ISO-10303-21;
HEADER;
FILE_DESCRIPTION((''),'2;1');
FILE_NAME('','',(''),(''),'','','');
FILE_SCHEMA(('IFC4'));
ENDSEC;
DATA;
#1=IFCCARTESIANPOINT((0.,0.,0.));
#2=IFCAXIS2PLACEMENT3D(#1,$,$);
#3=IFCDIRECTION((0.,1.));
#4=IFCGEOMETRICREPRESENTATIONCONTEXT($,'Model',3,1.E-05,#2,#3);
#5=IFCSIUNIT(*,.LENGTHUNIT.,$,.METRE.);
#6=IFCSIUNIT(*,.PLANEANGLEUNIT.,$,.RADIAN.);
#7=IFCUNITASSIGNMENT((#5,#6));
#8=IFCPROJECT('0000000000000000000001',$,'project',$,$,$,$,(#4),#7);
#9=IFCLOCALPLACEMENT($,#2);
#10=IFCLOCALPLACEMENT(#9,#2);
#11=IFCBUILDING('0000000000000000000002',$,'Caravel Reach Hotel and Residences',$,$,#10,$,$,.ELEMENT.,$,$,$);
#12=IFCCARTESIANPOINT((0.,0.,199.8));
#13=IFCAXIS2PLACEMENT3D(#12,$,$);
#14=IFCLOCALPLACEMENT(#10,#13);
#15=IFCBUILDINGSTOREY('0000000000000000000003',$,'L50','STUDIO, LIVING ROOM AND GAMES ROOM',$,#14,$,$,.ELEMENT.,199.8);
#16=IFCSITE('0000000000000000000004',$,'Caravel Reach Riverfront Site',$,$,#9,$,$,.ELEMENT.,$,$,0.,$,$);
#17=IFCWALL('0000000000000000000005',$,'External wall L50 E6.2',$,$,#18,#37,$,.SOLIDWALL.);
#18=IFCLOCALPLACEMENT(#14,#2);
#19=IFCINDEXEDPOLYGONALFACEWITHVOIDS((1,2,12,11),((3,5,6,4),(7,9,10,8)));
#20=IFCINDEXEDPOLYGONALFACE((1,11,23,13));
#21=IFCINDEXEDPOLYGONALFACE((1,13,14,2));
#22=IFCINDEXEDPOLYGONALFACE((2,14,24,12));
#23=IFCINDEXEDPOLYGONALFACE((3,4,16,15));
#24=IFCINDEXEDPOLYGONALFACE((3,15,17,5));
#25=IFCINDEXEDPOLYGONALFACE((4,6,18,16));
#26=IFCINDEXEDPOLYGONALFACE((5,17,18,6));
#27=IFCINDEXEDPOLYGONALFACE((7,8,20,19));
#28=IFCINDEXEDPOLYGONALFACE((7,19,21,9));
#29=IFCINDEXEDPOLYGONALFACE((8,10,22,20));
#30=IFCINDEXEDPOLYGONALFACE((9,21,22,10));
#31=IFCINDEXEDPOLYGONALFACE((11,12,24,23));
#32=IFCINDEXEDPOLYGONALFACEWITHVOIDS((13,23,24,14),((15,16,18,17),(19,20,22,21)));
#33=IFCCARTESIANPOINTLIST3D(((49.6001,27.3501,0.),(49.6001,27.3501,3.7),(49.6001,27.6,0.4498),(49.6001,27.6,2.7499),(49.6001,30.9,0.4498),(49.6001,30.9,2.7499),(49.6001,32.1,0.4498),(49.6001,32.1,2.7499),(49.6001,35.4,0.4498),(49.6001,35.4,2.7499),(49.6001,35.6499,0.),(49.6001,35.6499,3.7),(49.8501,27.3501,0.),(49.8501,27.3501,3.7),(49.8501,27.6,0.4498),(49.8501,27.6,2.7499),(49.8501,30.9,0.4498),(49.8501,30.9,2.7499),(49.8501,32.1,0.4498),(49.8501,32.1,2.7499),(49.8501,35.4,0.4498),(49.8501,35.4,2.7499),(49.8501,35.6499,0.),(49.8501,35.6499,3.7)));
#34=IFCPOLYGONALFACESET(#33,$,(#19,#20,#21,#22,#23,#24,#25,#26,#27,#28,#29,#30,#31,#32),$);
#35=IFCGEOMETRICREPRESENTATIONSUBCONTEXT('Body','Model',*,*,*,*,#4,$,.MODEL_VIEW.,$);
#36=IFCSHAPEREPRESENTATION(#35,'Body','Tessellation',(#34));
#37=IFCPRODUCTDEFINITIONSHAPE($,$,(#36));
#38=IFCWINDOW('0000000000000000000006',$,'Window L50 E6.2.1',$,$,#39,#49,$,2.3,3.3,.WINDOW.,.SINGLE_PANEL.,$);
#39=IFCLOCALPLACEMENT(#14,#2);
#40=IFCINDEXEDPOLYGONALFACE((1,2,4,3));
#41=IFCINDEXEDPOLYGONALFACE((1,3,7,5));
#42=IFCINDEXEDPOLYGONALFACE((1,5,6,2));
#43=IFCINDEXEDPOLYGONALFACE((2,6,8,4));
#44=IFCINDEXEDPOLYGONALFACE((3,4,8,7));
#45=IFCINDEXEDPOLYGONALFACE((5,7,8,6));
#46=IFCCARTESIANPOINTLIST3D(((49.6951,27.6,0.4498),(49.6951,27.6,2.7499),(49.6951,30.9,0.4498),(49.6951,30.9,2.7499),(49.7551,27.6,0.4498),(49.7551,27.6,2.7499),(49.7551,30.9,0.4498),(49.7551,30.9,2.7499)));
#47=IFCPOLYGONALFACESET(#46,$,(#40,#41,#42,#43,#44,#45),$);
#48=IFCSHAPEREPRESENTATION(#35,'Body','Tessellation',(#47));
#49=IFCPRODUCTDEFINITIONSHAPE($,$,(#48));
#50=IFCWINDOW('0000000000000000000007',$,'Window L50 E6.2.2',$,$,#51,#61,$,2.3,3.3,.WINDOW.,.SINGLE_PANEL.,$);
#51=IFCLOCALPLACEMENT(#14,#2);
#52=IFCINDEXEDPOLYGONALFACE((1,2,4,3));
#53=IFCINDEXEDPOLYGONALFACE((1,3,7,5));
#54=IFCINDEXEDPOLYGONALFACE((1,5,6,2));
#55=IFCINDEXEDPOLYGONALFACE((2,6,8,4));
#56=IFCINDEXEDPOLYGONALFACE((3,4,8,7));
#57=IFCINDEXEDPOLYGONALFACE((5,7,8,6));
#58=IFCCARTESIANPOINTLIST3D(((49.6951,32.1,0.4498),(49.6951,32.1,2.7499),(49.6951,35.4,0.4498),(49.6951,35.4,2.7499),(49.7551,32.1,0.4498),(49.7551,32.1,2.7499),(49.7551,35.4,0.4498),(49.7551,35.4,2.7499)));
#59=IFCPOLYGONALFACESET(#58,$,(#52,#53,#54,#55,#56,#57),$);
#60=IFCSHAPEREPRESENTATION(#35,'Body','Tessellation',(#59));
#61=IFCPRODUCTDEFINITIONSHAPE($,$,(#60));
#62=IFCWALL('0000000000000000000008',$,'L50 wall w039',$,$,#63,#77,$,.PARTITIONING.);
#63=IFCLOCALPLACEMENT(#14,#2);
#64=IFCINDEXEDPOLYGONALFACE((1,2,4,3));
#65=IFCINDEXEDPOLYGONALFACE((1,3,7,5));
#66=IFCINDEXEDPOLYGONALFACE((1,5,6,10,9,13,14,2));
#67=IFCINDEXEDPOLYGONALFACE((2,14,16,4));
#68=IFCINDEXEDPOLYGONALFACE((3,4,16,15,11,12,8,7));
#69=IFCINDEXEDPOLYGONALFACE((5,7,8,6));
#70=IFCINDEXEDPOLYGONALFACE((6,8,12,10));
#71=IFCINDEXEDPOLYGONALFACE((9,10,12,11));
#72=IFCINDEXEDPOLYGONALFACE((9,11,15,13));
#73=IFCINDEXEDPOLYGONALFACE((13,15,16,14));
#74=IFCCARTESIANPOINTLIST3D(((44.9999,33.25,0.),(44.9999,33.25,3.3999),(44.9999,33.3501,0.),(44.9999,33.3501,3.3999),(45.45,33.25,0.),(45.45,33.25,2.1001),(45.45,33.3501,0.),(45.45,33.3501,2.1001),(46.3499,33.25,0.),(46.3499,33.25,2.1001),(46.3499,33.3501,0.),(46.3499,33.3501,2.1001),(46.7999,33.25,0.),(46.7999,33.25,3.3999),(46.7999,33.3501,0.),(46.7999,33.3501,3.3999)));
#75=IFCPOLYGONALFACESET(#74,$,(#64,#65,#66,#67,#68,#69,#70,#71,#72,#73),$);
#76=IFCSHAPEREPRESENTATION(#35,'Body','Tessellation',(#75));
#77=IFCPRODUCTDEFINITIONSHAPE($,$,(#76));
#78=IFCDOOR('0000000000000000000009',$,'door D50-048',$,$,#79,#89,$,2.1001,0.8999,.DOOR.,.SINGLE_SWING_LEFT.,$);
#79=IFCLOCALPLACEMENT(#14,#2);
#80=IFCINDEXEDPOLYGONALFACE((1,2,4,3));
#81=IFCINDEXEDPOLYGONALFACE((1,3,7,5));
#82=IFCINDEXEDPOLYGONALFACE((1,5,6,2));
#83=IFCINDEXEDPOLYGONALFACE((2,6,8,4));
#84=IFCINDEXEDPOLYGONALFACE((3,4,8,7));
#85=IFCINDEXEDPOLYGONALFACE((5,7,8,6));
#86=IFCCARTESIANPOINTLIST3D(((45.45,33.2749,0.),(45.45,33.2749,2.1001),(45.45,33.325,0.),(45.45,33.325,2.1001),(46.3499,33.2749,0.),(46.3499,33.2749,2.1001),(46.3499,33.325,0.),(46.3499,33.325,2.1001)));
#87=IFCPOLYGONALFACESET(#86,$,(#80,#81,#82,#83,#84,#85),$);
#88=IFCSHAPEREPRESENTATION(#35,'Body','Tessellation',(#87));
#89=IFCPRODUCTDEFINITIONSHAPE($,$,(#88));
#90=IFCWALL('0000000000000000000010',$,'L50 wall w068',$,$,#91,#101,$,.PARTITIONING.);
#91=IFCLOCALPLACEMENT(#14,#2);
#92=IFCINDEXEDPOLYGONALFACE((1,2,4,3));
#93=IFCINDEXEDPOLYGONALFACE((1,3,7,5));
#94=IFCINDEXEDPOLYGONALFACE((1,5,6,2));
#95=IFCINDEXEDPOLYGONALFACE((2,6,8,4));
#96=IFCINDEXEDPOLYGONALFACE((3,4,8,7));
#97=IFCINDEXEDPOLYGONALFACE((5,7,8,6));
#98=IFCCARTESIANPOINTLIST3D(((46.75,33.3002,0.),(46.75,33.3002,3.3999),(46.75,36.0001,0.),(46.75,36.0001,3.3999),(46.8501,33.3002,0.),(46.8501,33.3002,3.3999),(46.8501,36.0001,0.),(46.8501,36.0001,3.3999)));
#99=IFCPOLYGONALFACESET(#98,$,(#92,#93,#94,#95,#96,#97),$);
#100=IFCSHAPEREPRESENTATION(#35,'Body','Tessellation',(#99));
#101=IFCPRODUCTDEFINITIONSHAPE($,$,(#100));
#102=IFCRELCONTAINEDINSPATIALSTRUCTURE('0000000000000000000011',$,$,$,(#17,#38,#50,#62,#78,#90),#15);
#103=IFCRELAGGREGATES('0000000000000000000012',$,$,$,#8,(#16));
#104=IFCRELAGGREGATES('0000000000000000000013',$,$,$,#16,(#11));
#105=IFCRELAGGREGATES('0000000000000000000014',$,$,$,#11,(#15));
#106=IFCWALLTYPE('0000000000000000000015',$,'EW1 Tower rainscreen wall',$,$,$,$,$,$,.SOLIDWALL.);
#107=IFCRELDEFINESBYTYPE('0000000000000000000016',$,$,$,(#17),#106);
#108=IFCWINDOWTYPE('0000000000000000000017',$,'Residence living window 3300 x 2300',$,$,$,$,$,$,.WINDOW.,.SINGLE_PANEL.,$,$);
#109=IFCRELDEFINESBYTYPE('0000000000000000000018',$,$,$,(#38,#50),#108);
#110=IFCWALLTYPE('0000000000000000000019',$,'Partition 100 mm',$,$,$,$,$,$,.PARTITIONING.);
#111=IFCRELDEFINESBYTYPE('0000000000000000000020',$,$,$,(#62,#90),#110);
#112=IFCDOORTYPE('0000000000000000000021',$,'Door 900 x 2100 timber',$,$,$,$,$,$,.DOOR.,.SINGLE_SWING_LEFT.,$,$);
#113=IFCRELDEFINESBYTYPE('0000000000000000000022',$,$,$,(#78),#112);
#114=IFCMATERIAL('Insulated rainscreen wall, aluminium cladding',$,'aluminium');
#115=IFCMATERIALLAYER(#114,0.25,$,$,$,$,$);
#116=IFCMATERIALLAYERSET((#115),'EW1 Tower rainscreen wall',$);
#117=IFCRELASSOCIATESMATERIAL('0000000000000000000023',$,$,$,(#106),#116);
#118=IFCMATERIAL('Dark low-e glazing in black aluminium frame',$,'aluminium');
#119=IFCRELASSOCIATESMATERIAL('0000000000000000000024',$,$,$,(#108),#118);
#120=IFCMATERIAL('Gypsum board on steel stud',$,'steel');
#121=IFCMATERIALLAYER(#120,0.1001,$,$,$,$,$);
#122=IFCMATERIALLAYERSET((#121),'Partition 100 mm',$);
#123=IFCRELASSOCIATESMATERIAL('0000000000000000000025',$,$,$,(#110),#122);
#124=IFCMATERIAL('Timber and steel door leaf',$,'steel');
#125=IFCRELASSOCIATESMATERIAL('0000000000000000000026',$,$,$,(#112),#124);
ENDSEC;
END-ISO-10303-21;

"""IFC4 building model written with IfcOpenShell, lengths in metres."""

from ifc_helpers import new_model, si_unit, direction, frame, frame_2d, origin, place, context, subcontext, project, spatial, rectangle, extrude, material, layer, layer_set, type_object, element, fill, save


model = new_model("IFC4")

# Units and contexts
model_context = context("Model", 3, precision=1e-05, world=origin(), true_north=direction((0.0, 1.0)))
body_context = subcontext(model_context, "Body", "Model", "MODEL_VIEW")
ifc_project = project(units=[si_unit("LENGTHUNIT", "METRE"), si_unit("PLANEANGLEUNIT", "RADIAN")], contexts=[model_context])

# Site, building, storey
site_placement = place(None, origin())
site = spatial("IfcSite", under=ifc_project, at=site_placement, Name="Caravel Reach Riverfront Site", CompositionType="ELEMENT", RefElevation=0.0)
building_placement = place(site_placement, origin())
building = spatial("IfcBuilding", under=site, at=building_placement, Name="Caravel Reach Hotel and Residences", CompositionType="ELEMENT")
storey_placement = place(building_placement, frame((0.0, 0.0, 199.8)))
storey = spatial("IfcBuildingStorey", under=building, at=storey_placement, Name="L50", Description="STUDIO, LIVING ROOM AND GAMES ROOM", CompositionType="ELEMENT", Elevation=199.8)

# Wall, openings, windows
ifc_material_1 = material(Name="Insulated rainscreen wall, aluminium cladding", Category="aluminium")
ifc_layer_1 = layer(ifc_material_1, 0.25)
ifc_layer_set_1 = layer_set([ifc_layer_1], Name="EW1 Tower rainscreen wall")
wall_type_1 = type_object("IfcWallType", Name="EW1 Tower rainscreen wall", PredefinedType="SOLIDWALL", material=ifc_layer_set_1)
ifc_material_2 = material(Name="Dark low-e glazing in black aluminium frame", Category="aluminium")
window_type = type_object("IfcWindowType", Name="Residence living window 3300 x 2300", PartitioningType="SINGLE_PANEL", PredefinedType="WINDOW", material=ifc_material_2)
wall_1_placement = place(storey_placement, frame((49.7251, 27.3501, 0.0), z_axis=(0.0, 0.0, 1.0), x_axis=(0.0, 1.0, 0.0)))
wall_1 = element("IfcWall", 1, at=wall_1_placement, inside=storey, type_object=wall_type_1, Name="External wall L50 E6.2", PredefinedType="SOLIDWALL", context=body_context, shape_type="SweptSolid", body=[
    extrude(rectangle(XDim=8.2998, YDim=0.25, at=frame_2d((4.1499, 0.0))), origin(), (0.0, 0.0, 1.0), 3.7),
])
opening_1_placement = place(wall_1_placement, frame((0.25, 0.0, 0.45)))
opening_1 = element("IfcOpeningElement", 2, at=opening_1_placement, cuts=wall_1, PredefinedType="OPENING", context=body_context, shape_type="SweptSolid", body=[
    extrude(rectangle(XDim=3.3, YDim=2.3, at=frame_2d((1.6499, 1.1499))), frame((0.0, 0.135, 0.0), z_axis=(0.0, -1.0, 0.0), x_axis=(1.0, 0.0, 0.0)), (0.0, 0.0, 1.0), 0.27),
])
opening_2_placement = place(wall_1_placement, frame((4.75, 0.0, 0.45)))
opening_2 = element("IfcOpeningElement", 3, at=opening_2_placement, cuts=wall_1, PredefinedType="OPENING", context=body_context, shape_type="SweptSolid", body=[
    extrude(rectangle(XDim=3.3, YDim=2.3, at=frame_2d((1.6499, 1.1499))), frame((0.0, 0.135, 0.0), z_axis=(0.0, -1.0, 0.0), x_axis=(1.0, 0.0, 0.0)), (0.0, 0.0, 1.0), 0.27),
])
window_1_placement = place(opening_1_placement, origin())
window_1 = element("IfcWindow", 4, at=window_1_placement, inside=storey, type_object=window_type, Name="Window L50 E6.2.1", OverallHeight=2.3, OverallWidth=3.3, PartitioningType="SINGLE_PANEL", PredefinedType="WINDOW", context=body_context, shape_type="SweptSolid", body=[
    extrude(rectangle(XDim=3.3, YDim=2.3, at=frame_2d((1.6499, 1.1499))), frame((0.0, 0.03, 0.0), z_axis=(0.0, -1.0, 0.0), x_axis=(1.0, 0.0, 0.0)), (0.0, 0.0, 1.0), 0.0601),
])
fill(opening_1, window_1)
window_2_placement = place(opening_2_placement, origin())
window_2 = element("IfcWindow", 5, at=window_2_placement, inside=storey, type_object=window_type, Name="Window L50 E6.2.2", OverallHeight=2.3, OverallWidth=3.3, PartitioningType="SINGLE_PANEL", PredefinedType="WINDOW", context=body_context, shape_type="SweptSolid", body=[
    extrude(rectangle(XDim=3.3, YDim=2.3, at=frame_2d((1.6499, 1.1499))), frame((0.0, 0.03, 0.0), z_axis=(0.0, -1.0, 0.0), x_axis=(1.0, 0.0, 0.0)), (0.0, 0.0, 1.0), 0.0601),
])
fill(opening_2, window_2)

# Wall, opening, door
ifc_material_3 = material(Name="Gypsum board on steel stud", Category="steel")
ifc_layer_2 = layer(ifc_material_3, 0.1001)
ifc_layer_set_2 = layer_set([ifc_layer_2], Name="Partition 100 mm")
wall_type_2 = type_object("IfcWallType", Name="Partition 100 mm", PredefinedType="PARTITIONING", material=ifc_layer_set_2)
wall_2_placement = place(storey_placement, frame((45.0, 33.3, 0.0), z_axis=(0.0, 0.0, 1.0), x_axis=(1.0, 0.0, 0.0)))
wall_2 = element("IfcWall", 6, at=wall_2_placement, inside=storey, type_object=wall_type_2, Name="L50 wall w039", PredefinedType="PARTITIONING", context=body_context, shape_type="SweptSolid", body=[
    extrude(rectangle(XDim=1.8, YDim=0.1001, at=frame_2d((0.8999, 0.0))), origin(), (0.0, 0.0, 1.0), 3.3999),
])
opening_3_placement = place(wall_2_placement, frame((0.45, 0.0, 0.0)))
opening_3 = element("IfcOpeningElement", 7, at=opening_3_placement, cuts=wall_2, PredefinedType="OPENING", context=body_context, shape_type="SweptSolid", body=[
    extrude(rectangle(XDim=0.8999, YDim=2.1001, at=frame_2d((0.45, 1.05))), frame((0.0, 0.0601, 0.0), z_axis=(0.0, -1.0, 0.0), x_axis=(1.0, 0.0, 0.0)), (0.0, 0.0, 1.0), 0.1201),
])
ifc_material_4 = material(Name="Timber and steel door leaf", Category="steel")
door_type_1 = type_object("IfcDoorType", Name="Door 900 x 2100 timber", OperationType="SINGLE_SWING_LEFT", PredefinedType="DOOR", material=ifc_material_4)
door_1_placement = place(opening_3_placement, origin())
door_1 = element("IfcDoor", 8, at=door_1_placement, inside=storey, type_object=door_type_1, Name="door D50-048", OperationType="SINGLE_SWING_LEFT", OverallHeight=2.1001, OverallWidth=0.8999, PredefinedType="DOOR", context=body_context, shape_type="SweptSolid", body=[
    extrude(rectangle(XDim=0.8999, YDim=2.1001, at=frame_2d((0.45, 1.05))), frame((0.0, 0.0249, 0.0), z_axis=(0.0, -1.0, 0.0), x_axis=(1.0, 0.0, 0.0)), (0.0, 0.0, 1.0), 0.05),
])
fill(opening_3, door_1)

# Wall
wall_3_placement = place(storey_placement, frame((46.8, 33.3, 0.0), z_axis=(0.0, 0.0, 1.0), x_axis=(0.0, 1.0, 0.0)))
element("IfcWall", 9, at=wall_3_placement, inside=storey, type_object=wall_type_2, Name="L50 wall w068", PredefinedType="PARTITIONING", context=body_context, shape_type="SweptSolid", body=[
    extrude(rectangle(XDim=2.7, YDim=0.1001, at=frame_2d((1.3501, 0.0))), origin(), (0.0, 0.0, 1.0), 3.3999),
])

save(model, "model.ifc")
